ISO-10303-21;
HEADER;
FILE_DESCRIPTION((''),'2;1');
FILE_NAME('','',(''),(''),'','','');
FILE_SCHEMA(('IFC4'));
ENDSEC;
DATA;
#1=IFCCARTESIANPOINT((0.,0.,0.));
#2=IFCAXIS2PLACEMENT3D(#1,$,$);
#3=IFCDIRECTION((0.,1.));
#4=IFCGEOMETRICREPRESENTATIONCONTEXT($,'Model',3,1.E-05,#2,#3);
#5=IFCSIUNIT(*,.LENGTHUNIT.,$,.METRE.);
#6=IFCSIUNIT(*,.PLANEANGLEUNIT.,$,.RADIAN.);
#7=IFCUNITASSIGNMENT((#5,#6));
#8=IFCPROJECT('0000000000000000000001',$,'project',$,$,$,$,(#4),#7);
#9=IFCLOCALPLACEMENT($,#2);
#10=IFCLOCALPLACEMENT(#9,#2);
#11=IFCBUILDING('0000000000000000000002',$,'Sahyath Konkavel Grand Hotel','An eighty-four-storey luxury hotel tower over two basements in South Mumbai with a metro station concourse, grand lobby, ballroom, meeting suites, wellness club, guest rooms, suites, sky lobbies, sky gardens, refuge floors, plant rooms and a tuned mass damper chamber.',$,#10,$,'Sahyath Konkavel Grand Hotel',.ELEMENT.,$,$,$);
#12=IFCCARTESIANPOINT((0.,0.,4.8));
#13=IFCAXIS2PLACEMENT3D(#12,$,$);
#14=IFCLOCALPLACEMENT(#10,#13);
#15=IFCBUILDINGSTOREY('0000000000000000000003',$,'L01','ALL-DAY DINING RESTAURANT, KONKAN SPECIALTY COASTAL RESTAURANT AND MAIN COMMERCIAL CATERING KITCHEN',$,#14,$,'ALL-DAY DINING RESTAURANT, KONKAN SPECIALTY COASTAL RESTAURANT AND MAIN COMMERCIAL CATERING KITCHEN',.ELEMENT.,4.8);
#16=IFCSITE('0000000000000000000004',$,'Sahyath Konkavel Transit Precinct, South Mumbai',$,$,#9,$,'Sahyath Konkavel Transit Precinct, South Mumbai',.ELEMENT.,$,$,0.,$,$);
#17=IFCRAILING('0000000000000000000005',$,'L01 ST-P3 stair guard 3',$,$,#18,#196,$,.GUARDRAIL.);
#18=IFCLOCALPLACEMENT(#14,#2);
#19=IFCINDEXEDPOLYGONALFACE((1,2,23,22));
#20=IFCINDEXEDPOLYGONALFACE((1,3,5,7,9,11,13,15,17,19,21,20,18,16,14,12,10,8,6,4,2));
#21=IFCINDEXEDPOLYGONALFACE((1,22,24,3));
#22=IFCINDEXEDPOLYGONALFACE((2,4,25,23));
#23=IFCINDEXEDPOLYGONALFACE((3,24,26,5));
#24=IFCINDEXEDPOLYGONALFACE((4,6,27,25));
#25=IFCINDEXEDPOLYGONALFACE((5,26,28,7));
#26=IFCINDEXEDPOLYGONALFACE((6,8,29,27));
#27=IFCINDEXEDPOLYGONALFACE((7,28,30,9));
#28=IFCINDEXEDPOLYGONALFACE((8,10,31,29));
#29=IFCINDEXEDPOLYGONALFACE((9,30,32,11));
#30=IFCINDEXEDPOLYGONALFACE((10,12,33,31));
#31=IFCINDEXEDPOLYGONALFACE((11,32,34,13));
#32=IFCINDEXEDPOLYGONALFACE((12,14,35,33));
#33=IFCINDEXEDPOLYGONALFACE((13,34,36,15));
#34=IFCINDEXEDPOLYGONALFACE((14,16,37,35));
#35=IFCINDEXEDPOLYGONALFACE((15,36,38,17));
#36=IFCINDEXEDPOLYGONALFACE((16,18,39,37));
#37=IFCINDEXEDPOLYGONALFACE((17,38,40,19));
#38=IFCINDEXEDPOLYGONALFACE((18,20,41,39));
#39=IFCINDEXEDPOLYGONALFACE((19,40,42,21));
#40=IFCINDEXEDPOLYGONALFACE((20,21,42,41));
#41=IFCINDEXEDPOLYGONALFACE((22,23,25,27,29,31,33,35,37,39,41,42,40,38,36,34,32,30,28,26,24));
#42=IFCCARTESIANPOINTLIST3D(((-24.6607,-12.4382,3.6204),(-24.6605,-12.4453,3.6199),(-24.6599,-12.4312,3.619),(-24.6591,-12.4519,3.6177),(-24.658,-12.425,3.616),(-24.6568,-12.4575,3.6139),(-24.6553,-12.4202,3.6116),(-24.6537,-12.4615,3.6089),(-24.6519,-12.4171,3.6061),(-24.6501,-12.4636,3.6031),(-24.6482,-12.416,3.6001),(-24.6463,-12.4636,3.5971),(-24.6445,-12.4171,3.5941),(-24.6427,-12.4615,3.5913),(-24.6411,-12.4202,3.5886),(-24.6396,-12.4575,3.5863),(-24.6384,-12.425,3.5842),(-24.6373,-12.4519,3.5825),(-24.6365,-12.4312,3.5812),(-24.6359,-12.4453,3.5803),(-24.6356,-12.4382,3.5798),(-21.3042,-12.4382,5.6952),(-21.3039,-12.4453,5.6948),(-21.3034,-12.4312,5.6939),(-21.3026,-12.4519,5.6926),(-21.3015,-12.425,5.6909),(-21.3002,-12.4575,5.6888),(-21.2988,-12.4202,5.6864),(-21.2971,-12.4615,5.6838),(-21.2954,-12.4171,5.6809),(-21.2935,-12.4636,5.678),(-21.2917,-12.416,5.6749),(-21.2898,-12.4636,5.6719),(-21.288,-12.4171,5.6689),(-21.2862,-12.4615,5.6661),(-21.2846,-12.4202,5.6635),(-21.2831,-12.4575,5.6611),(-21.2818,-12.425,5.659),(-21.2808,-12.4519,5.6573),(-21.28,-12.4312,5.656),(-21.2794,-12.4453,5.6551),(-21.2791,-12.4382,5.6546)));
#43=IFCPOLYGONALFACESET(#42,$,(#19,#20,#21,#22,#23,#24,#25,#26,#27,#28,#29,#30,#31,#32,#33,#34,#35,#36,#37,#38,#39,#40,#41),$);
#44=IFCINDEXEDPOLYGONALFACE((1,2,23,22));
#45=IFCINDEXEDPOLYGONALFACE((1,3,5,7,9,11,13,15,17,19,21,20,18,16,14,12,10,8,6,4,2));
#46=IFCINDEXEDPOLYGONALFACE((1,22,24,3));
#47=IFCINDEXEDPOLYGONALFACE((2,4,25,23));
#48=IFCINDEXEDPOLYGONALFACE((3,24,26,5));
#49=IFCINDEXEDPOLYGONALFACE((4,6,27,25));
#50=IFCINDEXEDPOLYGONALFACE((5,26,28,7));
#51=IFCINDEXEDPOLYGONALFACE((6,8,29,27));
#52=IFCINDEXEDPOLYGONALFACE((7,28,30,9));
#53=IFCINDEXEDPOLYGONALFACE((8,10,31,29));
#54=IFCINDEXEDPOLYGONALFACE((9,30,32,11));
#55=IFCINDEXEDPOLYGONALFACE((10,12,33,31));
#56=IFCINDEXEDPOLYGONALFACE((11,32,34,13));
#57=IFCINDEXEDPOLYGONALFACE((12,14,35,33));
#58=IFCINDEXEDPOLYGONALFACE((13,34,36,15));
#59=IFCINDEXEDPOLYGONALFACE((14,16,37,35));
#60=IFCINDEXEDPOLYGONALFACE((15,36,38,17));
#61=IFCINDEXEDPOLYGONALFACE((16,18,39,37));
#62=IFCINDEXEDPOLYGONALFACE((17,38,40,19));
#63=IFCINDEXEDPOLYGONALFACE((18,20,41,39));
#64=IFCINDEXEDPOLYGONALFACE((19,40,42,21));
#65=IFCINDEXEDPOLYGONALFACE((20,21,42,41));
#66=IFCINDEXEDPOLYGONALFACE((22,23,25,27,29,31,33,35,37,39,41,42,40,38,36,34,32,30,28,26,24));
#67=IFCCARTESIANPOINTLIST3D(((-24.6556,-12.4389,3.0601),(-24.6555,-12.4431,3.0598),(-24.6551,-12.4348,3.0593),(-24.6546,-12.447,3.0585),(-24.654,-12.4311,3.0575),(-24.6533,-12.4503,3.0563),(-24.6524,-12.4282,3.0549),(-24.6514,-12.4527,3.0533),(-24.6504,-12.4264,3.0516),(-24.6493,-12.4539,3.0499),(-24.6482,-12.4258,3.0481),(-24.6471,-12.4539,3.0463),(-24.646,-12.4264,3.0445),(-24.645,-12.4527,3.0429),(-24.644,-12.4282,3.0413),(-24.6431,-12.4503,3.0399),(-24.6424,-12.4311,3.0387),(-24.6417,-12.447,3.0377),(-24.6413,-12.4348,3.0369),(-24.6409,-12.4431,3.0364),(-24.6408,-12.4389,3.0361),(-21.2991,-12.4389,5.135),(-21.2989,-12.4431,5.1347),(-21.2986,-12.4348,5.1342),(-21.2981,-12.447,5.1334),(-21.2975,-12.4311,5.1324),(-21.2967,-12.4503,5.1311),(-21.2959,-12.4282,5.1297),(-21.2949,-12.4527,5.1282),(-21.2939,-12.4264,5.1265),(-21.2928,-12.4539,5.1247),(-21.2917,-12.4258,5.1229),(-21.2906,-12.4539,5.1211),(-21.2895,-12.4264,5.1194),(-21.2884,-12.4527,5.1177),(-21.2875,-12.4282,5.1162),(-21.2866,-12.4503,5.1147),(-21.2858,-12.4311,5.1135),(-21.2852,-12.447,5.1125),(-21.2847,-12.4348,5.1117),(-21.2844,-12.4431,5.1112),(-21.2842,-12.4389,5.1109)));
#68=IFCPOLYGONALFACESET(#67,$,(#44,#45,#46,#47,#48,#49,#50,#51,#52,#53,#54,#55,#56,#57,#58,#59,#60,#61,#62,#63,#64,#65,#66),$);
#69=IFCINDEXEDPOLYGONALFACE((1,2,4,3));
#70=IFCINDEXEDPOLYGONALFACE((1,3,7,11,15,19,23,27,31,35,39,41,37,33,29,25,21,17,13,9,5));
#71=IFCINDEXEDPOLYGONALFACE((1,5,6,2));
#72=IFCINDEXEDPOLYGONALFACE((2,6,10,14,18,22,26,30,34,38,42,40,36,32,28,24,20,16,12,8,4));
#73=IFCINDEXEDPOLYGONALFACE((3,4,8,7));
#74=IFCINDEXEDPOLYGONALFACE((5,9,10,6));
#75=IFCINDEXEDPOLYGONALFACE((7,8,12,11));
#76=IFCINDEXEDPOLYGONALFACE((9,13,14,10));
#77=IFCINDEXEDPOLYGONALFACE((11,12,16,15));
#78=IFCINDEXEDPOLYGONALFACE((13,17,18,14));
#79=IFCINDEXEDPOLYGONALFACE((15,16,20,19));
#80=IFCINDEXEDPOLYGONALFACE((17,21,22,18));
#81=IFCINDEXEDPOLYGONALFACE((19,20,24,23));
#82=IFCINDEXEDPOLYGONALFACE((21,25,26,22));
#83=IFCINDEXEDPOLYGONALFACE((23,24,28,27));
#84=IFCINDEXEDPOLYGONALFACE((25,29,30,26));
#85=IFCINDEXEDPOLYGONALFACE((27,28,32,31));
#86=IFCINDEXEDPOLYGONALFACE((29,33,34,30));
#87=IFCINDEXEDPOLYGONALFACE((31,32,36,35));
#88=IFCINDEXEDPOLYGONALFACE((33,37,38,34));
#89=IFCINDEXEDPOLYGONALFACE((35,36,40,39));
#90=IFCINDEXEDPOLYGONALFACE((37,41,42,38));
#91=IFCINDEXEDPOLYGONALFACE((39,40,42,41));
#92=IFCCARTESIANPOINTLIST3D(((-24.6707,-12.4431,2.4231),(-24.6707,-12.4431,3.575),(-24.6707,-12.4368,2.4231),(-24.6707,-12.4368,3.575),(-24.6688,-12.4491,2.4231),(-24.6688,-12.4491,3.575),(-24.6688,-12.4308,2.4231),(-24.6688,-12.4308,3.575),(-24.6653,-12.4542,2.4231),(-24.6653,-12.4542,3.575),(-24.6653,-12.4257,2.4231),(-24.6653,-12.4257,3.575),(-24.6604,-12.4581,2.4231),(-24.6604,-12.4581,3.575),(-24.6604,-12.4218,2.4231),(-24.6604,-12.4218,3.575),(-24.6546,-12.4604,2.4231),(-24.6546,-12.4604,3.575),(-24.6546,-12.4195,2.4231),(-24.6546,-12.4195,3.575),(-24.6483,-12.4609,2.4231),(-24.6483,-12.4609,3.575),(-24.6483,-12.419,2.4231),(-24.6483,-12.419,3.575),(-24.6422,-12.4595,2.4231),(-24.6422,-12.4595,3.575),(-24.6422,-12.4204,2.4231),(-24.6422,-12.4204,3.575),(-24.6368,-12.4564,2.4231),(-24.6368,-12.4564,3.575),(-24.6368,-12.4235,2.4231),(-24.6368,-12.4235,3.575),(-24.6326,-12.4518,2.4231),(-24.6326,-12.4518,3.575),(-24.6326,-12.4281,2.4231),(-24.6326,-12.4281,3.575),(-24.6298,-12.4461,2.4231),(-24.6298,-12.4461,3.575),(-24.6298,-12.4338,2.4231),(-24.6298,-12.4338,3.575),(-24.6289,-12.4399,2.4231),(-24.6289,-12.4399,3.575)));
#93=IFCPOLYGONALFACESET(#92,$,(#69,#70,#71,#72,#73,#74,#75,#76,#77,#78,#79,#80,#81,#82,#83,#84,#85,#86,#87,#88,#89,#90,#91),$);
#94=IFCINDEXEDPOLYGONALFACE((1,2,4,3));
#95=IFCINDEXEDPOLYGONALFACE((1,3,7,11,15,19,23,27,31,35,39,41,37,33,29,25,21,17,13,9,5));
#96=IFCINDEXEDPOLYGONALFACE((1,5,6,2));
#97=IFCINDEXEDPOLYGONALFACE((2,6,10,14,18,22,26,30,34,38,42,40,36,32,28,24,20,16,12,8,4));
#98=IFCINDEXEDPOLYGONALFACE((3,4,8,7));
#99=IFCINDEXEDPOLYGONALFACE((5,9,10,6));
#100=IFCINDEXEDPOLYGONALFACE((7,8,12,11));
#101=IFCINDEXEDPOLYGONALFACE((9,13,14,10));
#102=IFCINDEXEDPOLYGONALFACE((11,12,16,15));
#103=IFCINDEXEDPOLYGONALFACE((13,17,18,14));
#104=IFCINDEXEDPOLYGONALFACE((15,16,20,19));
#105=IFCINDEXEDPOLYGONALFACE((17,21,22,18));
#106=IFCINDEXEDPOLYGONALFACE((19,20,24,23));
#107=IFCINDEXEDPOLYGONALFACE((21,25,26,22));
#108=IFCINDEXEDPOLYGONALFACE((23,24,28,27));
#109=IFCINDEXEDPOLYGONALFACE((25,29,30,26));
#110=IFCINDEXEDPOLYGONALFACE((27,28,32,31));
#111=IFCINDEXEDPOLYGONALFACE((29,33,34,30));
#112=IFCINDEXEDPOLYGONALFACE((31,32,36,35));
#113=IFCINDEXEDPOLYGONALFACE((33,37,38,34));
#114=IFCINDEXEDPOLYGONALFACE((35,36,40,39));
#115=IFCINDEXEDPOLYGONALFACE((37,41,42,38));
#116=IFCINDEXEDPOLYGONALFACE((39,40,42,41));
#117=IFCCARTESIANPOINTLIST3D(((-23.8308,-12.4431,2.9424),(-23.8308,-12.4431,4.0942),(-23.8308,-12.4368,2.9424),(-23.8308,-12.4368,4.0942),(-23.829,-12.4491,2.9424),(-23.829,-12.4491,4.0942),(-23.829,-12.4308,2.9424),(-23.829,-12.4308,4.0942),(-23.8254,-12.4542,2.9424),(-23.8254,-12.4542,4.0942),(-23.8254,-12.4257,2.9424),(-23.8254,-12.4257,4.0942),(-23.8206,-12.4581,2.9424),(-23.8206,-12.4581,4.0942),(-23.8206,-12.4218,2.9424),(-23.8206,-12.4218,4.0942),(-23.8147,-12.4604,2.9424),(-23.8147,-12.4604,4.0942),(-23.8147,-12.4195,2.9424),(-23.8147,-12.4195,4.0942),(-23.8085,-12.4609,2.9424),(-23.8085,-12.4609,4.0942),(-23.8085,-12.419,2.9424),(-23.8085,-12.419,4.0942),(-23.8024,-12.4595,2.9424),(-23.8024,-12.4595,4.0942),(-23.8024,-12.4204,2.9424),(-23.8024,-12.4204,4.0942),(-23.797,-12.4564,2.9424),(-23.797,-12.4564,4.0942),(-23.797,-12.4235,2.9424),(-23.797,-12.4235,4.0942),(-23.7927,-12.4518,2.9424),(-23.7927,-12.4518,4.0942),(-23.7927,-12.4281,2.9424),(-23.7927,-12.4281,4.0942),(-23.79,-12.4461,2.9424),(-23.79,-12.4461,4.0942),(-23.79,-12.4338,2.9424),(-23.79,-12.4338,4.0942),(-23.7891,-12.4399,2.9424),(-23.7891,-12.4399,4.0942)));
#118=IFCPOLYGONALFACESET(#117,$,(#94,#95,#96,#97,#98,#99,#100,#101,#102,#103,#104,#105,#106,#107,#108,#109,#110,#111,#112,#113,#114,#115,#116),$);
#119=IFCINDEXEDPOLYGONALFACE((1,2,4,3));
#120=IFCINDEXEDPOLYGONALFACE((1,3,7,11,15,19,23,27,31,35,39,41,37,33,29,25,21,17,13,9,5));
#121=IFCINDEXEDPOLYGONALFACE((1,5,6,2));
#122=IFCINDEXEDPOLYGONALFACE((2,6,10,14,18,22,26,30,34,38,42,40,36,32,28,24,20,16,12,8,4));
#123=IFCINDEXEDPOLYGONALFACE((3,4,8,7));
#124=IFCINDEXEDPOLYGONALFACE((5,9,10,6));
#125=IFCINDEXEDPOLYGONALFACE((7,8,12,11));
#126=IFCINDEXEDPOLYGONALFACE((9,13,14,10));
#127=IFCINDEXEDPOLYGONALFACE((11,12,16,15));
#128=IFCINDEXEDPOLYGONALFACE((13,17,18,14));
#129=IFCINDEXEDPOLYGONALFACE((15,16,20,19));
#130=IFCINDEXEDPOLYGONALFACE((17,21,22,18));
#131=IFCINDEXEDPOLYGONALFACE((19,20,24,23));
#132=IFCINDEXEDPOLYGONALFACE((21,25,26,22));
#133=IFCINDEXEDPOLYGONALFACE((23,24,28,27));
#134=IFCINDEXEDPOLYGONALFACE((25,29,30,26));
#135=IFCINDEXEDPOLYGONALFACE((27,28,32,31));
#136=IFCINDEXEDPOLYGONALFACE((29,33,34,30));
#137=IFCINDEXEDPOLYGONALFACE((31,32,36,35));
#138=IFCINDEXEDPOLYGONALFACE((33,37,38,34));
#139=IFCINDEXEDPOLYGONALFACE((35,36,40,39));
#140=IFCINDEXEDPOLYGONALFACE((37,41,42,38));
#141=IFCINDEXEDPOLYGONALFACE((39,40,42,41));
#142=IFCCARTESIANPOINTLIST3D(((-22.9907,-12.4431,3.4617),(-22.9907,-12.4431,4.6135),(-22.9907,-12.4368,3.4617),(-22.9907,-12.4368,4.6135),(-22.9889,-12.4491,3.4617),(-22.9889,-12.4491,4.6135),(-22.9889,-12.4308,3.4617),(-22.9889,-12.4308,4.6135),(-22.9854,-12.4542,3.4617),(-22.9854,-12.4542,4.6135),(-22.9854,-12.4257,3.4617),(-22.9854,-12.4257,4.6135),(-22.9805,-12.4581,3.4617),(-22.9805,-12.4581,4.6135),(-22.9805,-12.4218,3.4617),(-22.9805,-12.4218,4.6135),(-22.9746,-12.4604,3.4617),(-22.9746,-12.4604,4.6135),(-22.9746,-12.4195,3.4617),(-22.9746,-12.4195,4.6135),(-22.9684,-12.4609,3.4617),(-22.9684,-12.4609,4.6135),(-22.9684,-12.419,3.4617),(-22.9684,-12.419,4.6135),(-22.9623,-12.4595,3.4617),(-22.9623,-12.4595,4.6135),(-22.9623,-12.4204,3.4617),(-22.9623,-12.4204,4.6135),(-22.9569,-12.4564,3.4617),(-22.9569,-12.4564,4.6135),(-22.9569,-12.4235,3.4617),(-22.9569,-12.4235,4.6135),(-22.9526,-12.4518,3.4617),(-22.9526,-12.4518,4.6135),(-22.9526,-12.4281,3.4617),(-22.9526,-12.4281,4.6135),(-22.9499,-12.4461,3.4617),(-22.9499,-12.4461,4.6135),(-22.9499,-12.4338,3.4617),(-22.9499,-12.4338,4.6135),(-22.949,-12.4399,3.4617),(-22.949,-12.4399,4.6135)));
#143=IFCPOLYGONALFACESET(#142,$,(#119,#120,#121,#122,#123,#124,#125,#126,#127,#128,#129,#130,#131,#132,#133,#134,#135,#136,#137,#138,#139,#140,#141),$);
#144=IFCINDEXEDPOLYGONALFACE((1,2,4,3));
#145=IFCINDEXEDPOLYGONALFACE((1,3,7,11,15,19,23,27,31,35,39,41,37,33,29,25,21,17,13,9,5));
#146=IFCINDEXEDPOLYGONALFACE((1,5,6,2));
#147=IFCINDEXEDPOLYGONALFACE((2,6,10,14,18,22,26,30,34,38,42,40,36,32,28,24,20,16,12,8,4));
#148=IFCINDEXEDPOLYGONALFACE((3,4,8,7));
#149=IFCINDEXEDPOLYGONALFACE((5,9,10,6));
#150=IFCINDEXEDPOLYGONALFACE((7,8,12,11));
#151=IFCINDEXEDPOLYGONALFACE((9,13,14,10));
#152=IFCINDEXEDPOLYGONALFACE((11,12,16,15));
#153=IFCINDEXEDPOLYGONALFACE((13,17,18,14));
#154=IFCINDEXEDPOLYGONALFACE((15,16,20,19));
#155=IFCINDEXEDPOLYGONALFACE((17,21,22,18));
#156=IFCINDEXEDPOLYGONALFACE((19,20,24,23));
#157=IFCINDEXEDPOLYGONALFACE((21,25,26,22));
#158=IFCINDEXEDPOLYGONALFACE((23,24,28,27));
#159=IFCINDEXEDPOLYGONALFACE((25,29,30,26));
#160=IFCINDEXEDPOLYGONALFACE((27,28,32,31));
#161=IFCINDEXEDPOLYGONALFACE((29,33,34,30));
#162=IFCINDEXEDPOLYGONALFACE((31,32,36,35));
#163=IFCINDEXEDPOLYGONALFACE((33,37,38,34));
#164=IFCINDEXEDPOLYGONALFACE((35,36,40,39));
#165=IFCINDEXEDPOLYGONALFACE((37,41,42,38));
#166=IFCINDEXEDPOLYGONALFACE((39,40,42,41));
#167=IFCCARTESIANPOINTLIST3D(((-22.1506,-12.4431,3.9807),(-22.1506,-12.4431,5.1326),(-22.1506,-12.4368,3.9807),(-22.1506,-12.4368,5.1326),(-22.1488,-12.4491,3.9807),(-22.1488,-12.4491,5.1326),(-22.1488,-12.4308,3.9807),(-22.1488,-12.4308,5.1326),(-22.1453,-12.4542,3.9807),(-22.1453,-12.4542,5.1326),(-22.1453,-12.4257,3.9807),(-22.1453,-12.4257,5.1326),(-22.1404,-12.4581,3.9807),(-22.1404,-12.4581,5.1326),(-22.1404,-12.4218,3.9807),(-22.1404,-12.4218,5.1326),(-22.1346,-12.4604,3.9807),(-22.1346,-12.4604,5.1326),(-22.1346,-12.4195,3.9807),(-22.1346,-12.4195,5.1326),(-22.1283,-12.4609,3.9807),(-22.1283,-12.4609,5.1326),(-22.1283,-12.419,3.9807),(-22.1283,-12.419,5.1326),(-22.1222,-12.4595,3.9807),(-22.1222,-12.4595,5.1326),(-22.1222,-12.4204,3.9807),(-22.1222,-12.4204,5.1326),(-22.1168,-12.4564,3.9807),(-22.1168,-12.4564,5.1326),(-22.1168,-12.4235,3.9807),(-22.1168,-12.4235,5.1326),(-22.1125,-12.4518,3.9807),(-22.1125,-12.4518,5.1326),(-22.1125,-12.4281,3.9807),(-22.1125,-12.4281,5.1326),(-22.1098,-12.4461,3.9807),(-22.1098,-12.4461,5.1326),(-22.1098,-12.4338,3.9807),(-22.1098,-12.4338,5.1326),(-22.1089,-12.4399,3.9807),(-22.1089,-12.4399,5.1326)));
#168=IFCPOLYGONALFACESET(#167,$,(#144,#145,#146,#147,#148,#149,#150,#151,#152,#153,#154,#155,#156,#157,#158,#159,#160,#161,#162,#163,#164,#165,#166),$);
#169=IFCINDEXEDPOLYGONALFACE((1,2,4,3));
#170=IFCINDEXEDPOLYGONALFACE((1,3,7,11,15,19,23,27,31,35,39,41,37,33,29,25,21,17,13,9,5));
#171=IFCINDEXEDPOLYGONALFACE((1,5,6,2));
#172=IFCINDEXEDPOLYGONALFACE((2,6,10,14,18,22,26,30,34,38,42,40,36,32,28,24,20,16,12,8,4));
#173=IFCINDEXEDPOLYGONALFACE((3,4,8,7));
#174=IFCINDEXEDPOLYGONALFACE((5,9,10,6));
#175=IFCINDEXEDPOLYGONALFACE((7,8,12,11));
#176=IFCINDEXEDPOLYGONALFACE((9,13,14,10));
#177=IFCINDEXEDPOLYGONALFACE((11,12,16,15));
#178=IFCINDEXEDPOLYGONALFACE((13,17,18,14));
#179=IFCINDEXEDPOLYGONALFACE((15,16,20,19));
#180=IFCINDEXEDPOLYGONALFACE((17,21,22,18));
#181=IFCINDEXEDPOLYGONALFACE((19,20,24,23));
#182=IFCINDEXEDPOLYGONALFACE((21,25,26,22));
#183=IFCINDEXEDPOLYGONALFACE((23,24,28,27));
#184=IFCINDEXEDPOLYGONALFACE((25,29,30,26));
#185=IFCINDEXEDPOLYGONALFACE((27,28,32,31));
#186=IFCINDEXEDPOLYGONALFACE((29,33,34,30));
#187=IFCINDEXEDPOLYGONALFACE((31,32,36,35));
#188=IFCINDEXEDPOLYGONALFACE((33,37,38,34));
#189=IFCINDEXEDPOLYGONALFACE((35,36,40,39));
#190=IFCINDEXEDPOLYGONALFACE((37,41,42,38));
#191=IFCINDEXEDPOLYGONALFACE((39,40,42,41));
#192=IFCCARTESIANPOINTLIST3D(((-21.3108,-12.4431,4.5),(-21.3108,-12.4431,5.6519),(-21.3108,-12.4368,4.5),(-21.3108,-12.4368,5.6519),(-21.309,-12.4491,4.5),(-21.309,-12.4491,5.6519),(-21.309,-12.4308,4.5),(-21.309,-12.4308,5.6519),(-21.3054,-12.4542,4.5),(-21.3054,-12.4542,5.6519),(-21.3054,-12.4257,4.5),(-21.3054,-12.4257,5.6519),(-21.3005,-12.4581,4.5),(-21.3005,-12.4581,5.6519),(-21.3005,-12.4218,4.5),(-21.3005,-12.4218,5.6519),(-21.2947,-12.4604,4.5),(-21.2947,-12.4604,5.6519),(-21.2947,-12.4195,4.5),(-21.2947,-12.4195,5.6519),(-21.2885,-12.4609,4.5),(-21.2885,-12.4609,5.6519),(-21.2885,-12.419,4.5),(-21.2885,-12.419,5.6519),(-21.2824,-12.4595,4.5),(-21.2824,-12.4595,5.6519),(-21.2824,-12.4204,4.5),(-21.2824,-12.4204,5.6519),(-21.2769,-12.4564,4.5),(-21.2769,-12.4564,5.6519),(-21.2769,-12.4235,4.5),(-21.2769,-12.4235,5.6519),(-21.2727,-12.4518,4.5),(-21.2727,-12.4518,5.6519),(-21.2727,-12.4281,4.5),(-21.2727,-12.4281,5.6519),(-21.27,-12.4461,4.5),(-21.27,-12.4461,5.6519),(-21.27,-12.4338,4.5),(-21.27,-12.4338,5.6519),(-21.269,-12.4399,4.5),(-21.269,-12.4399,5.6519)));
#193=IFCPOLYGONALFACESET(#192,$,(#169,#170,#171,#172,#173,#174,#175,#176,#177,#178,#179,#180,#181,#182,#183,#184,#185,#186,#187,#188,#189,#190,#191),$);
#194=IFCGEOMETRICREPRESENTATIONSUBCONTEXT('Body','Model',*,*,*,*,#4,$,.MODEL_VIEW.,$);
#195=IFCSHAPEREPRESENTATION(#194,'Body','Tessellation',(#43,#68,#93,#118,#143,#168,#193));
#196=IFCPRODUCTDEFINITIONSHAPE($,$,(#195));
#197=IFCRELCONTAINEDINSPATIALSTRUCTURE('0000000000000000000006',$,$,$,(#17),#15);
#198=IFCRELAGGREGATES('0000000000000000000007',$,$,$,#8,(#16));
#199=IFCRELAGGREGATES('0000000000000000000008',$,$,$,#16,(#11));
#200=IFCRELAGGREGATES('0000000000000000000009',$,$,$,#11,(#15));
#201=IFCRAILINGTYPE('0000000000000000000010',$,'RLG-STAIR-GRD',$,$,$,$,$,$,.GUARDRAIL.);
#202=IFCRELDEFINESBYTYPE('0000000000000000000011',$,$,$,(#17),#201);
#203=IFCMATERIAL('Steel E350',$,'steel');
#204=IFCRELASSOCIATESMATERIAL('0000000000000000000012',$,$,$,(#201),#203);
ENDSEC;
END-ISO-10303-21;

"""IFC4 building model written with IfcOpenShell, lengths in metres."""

from ifc_helpers import new_model, si_unit, direction, frame, origin, origin_2d, place, context, subcontext, project, spatial, circle, extrude, material, type_object, element, save


model = new_model("IFC4")

# Units and contexts
model_context = context("Model", 3, precision=1e-05, world=origin(), true_north=direction((0.0, 1.0)))
body_context = subcontext(model_context, "Body", "Model", "MODEL_VIEW")
ifc_project = project(units=[si_unit("LENGTHUNIT", "METRE"), si_unit("PLANEANGLEUNIT", "RADIAN")], contexts=[model_context])

# Site, building, storey
site_placement = place(None, origin())
site = spatial("IfcSite", under=ifc_project, at=site_placement, Name="Sahyath Konkavel Transit Precinct, South Mumbai", LongName="Sahyath Konkavel Transit Precinct, South Mumbai", CompositionType="ELEMENT", RefElevation=0.0)
building_placement = place(site_placement, origin())
building = spatial("IfcBuilding", under=site, at=building_placement, Name="Sahyath Konkavel Grand Hotel", Description="An eighty-four-storey luxury hotel tower over two basements in South Mumbai with a metro station concourse, grand lobby, ballroom, meeting suites, wellness club, guest rooms, suites, sky lobbies, sky gardens, refuge floors, plant rooms and a tuned mass damper chamber.", LongName="Sahyath Konkavel Grand Hotel", CompositionType="ELEMENT")
storey_placement = place(building_placement, frame((0.0, 0.0, 4.8)))
storey = spatial("IfcBuildingStorey", under=building, at=storey_placement, Name="L01", Description="ALL-DAY DINING RESTAURANT, KONKAN SPECIALTY COASTAL RESTAURANT AND MAIN COMMERCIAL CATERING KITCHEN", LongName="ALL-DAY DINING RESTAURANT, KONKAN SPECIALTY COASTAL RESTAURANT AND MAIN COMMERCIAL CATERING KITCHEN", CompositionType="ELEMENT", Elevation=4.8)

# Shared definitions
ifc_material_1 = material(Name="Steel E350", Category="steel")

# Railing
railing_type_1 = type_object("IfcRailingType", Name="RLG-STAIR-GRD", PredefinedType="GUARDRAIL", material=ifc_material_1)
railing_1_placement = place(storey_placement, frame((-24.6499, -12.4399, 2.4231)))
element("IfcRailing", 1, at=railing_1_placement, inside=storey, type_object=railing_type_1, Name="L01 ST-P3 stair guard 3", PredefinedType="GUARDRAIL", context=body_context, shape_type="SweptSolid", body=[
    extrude(circle(Radius=0.0239, at=origin_2d()), frame((0.0017, 0.0, 1.177), z_axis=(0.850606, 0.0, 0.525803), x_axis=(0.0, 1.0, 0.0)), (0.0, 0.0, 1.0), 3.946),
    extrude(circle(Radius=0.0142, at=origin_2d()), frame((0.0017, 0.0, 0.625), z_axis=(0.850606, 0.0, 0.525803), x_axis=(0.0, 1.0, 0.0)), (0.0, 0.0, 1.0), 3.946),
    extrude(circle(Radius=0.021, at=origin_2d()), origin(), (0.0, 0.0, 1.0), 1.1519),
    extrude(circle(Radius=0.021, at=origin_2d()), frame((0.8398, 0.0, 0.5193)), (0.0, 0.0, 1.0), 1.1519),
    extrude(circle(Radius=0.021, at=origin_2d()), frame((1.6799, 0.0, 1.0386)), (0.0, 0.0, 1.0), 1.1519),
    extrude(circle(Radius=0.021, at=origin_2d()), frame((2.52, 0.0, 1.5576)), (0.0, 0.0, 1.0), 1.1519),
    extrude(circle(Radius=0.021, at=origin_2d()), frame((3.3599, 0.0, 2.0769)), (0.0, 0.0, 1.0), 1.1519),
])

save(model, "model.ifc")
